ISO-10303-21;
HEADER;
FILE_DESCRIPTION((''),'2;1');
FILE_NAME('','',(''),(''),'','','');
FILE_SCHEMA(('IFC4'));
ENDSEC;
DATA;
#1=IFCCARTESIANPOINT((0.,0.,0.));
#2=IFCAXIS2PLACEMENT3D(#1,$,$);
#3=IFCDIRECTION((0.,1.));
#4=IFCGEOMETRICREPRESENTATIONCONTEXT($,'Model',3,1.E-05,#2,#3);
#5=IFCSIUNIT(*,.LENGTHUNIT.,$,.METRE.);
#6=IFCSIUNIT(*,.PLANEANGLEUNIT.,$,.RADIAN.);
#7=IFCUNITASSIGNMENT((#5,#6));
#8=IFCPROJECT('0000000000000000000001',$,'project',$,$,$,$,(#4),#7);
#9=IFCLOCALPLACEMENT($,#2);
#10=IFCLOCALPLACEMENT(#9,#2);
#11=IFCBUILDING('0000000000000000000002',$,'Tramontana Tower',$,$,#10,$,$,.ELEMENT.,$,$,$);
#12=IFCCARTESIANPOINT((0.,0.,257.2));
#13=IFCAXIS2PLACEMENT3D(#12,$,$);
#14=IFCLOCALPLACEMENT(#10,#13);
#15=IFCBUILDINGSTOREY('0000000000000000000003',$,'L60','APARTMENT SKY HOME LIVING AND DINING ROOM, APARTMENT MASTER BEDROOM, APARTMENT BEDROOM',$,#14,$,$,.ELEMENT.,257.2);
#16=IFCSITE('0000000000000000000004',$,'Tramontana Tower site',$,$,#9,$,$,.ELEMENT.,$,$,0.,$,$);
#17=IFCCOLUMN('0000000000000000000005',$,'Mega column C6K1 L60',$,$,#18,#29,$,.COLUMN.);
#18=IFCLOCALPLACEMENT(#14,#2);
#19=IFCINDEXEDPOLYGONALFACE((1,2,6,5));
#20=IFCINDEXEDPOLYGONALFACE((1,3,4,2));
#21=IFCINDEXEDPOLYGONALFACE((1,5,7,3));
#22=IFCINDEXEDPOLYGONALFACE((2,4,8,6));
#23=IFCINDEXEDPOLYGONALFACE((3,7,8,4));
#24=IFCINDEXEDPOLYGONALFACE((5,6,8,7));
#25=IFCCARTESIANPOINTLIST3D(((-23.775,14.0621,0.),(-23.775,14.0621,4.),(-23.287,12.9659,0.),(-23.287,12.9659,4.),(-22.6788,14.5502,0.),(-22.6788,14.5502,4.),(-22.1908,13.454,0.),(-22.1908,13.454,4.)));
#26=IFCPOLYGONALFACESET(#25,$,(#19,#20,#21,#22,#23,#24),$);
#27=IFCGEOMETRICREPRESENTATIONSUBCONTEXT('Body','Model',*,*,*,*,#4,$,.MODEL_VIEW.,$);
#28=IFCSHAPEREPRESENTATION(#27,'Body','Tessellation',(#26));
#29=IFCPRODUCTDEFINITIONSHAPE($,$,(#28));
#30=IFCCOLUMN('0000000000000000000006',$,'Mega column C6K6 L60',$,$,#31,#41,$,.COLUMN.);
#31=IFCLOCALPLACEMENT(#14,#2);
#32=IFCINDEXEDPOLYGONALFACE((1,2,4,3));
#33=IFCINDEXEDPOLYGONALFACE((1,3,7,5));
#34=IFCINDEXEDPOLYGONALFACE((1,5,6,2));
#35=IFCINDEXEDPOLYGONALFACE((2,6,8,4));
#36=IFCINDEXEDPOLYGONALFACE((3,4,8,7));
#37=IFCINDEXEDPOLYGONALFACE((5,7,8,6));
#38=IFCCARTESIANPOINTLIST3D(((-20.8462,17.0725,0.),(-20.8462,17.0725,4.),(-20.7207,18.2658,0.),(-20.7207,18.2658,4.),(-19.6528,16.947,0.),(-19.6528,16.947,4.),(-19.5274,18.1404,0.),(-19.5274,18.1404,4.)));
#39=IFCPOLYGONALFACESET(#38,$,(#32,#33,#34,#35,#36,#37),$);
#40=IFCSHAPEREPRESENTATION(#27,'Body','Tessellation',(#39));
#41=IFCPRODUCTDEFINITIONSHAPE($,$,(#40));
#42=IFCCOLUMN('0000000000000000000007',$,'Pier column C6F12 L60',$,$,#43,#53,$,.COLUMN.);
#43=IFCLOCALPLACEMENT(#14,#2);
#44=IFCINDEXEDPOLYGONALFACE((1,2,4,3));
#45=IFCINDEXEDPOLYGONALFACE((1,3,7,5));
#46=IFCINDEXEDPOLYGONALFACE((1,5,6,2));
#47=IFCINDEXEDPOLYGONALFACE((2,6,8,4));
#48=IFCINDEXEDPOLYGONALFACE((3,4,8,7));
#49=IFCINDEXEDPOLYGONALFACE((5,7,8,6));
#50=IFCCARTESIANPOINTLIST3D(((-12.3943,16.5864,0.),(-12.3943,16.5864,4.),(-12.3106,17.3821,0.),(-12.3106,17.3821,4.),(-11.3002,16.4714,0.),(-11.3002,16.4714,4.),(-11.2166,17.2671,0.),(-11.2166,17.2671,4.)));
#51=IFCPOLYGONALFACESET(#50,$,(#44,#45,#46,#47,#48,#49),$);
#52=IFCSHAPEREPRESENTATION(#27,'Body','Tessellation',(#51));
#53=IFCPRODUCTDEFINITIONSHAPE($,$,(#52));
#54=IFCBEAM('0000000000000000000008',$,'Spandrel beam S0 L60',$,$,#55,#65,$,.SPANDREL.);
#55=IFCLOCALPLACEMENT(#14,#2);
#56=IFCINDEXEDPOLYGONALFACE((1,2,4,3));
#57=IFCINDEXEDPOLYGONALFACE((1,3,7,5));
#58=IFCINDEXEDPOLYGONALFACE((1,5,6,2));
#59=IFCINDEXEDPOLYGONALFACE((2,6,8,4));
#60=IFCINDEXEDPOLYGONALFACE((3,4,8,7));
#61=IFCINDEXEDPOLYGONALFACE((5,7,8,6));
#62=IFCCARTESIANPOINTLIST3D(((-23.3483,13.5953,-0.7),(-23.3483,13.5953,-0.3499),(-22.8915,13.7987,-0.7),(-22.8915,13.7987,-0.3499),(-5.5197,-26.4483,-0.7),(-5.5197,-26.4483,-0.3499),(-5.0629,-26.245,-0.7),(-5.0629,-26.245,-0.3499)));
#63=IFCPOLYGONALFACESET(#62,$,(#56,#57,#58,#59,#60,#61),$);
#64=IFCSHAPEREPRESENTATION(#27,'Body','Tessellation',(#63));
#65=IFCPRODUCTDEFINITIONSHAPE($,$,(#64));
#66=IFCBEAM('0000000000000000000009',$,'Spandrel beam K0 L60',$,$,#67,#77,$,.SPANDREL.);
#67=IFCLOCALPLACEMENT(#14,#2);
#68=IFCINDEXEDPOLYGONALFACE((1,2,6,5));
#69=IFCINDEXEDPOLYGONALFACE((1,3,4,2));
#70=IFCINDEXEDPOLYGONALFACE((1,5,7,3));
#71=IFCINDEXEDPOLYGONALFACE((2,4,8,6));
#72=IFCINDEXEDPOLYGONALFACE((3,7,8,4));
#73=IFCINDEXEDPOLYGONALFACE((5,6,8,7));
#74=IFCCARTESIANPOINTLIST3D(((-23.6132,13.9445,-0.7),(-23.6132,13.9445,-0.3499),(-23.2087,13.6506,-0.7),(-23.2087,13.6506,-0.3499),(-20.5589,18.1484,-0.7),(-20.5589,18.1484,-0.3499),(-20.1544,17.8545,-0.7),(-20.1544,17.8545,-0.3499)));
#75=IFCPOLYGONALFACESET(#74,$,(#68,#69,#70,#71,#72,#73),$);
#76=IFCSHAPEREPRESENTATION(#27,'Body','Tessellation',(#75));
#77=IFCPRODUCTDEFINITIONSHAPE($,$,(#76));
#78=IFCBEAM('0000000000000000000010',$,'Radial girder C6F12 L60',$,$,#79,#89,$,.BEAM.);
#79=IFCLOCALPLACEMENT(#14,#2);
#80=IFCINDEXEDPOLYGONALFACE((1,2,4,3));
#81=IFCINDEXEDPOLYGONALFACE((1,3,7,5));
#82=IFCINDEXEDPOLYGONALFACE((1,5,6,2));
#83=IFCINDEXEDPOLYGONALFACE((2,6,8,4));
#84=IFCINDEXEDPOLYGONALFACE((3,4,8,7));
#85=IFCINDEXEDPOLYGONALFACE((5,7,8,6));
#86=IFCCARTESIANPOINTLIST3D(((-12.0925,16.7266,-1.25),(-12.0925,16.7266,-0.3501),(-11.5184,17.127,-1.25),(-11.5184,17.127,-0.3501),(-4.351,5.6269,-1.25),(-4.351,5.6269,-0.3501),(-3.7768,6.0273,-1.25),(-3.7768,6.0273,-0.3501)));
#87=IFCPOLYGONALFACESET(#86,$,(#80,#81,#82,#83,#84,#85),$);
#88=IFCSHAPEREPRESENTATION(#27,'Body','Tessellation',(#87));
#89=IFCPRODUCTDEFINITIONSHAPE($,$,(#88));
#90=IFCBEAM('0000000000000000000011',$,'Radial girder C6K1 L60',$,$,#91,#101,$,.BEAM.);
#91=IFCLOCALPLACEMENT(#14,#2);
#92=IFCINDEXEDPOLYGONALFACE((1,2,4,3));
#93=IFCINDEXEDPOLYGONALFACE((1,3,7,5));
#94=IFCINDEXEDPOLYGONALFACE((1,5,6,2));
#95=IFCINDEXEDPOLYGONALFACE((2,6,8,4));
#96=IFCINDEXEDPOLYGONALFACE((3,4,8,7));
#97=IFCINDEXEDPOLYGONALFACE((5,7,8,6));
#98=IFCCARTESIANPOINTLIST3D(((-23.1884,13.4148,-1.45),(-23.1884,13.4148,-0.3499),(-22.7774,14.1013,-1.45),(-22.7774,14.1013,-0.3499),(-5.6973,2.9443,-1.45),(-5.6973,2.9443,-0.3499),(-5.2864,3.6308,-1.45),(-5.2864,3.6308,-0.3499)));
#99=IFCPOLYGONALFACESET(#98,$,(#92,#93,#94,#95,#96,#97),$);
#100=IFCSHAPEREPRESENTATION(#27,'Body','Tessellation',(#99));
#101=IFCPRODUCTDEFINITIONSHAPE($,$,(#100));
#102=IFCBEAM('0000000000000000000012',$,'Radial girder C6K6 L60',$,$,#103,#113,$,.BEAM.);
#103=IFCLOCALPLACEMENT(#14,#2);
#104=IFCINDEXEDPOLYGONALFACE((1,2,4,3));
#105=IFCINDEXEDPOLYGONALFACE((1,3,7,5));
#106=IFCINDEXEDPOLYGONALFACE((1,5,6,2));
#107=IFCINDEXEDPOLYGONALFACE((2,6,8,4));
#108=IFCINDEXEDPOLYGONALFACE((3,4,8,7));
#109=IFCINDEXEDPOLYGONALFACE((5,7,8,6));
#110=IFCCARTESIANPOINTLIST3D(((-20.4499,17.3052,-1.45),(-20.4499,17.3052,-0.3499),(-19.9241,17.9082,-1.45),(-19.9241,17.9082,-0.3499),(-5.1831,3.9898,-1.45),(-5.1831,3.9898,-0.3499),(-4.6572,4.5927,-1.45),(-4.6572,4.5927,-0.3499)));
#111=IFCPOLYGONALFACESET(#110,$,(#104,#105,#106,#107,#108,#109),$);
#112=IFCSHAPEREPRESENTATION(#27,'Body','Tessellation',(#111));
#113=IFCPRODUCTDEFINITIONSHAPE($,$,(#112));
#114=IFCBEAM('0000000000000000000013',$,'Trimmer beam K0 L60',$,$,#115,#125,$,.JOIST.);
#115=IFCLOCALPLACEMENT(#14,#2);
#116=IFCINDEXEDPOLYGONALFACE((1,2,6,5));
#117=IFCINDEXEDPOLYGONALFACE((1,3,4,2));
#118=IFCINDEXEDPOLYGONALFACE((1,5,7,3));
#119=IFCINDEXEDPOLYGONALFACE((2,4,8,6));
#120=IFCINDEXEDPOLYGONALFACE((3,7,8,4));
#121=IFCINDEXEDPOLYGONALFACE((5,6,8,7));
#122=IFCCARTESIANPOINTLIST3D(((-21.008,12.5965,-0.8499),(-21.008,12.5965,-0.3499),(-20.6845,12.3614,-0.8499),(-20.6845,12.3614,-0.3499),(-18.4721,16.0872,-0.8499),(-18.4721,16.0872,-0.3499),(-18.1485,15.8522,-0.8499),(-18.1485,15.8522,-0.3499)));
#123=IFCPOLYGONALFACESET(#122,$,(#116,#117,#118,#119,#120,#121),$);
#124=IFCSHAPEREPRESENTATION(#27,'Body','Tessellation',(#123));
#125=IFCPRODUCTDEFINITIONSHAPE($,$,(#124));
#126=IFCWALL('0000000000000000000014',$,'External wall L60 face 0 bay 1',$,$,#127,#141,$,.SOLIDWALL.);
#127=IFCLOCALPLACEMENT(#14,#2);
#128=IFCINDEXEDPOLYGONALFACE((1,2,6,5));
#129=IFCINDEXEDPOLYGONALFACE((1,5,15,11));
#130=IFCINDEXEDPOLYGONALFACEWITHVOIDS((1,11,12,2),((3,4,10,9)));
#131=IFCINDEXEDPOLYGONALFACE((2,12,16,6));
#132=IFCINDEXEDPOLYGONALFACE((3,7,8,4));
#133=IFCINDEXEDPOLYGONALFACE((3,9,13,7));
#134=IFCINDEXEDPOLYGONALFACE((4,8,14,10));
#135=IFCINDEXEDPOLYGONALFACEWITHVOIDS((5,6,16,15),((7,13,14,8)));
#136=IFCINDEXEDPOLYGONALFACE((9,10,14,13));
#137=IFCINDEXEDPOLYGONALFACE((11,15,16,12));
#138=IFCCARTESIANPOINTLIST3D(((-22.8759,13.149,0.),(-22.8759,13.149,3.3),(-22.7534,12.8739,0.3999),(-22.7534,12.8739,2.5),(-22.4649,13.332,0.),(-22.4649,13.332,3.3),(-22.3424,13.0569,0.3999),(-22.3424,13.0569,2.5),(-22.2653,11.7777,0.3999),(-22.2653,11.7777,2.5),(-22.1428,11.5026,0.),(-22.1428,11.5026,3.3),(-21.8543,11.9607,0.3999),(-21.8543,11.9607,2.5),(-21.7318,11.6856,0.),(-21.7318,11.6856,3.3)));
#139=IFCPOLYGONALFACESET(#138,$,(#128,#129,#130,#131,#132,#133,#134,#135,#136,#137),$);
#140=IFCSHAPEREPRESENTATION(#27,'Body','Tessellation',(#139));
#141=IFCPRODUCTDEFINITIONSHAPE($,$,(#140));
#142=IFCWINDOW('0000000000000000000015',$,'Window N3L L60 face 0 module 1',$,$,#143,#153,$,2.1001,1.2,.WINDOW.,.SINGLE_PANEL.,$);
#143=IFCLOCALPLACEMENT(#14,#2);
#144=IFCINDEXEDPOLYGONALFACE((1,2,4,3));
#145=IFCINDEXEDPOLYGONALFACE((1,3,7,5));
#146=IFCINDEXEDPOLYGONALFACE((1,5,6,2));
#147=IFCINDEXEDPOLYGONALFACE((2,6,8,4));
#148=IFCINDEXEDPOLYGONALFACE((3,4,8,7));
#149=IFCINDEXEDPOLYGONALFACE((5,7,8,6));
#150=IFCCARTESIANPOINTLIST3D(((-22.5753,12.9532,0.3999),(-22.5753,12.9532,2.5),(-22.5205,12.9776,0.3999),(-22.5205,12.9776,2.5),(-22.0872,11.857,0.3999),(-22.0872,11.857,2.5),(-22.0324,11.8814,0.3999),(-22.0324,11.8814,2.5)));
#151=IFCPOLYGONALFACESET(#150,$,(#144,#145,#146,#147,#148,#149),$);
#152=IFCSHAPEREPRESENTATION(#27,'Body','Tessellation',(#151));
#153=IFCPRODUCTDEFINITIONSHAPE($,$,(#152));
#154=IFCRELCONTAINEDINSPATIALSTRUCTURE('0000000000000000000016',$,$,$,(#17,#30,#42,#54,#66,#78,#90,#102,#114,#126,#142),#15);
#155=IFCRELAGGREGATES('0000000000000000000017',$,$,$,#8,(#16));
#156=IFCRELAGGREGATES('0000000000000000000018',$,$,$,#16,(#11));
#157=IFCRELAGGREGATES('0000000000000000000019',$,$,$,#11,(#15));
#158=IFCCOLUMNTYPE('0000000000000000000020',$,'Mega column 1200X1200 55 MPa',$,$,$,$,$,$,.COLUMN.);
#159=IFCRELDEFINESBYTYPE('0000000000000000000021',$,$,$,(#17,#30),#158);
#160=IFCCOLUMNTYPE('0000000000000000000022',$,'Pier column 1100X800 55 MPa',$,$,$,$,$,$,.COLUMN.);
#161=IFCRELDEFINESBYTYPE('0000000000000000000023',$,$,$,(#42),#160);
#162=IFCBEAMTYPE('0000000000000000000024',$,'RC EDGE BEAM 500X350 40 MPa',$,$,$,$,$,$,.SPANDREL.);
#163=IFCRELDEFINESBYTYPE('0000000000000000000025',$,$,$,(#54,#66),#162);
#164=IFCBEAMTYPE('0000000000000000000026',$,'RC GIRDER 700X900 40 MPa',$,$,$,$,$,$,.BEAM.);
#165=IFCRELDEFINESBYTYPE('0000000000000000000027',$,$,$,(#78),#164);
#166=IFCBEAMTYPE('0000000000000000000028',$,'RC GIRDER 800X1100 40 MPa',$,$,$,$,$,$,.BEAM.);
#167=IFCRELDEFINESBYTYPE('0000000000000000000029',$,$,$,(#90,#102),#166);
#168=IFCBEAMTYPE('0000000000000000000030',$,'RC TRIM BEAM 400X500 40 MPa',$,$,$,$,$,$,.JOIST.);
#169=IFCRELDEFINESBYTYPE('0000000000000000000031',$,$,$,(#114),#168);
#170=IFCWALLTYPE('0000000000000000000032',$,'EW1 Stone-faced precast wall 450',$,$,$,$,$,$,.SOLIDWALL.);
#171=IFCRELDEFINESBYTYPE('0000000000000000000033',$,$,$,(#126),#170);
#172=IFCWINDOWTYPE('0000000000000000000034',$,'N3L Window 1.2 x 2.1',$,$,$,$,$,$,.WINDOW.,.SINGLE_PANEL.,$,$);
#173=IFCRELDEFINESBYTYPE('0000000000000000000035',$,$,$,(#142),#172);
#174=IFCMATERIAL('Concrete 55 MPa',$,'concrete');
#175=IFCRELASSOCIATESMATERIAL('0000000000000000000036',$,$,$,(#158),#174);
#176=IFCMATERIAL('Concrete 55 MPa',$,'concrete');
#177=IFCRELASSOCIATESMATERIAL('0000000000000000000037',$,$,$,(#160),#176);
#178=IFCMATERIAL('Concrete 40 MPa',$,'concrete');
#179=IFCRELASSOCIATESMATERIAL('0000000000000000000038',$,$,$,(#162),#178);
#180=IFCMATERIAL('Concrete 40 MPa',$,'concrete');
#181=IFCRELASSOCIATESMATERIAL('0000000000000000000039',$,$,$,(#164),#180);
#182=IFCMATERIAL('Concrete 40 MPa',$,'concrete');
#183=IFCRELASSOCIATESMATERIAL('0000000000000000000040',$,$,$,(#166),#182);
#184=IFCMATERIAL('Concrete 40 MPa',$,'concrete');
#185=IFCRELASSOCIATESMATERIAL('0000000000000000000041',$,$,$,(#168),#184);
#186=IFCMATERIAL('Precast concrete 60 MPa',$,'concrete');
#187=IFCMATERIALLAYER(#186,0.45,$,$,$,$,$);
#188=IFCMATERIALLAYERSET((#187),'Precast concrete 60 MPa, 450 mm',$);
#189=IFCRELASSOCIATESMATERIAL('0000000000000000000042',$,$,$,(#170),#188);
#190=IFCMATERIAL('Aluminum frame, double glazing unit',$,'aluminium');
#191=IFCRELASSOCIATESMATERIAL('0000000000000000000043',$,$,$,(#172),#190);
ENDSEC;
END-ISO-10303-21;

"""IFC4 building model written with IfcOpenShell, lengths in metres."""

from ifc_helpers import new_model, si_unit, direction, frame, frame_2d, origin, origin_2d, place, context, subcontext, project, spatial, rectangle, extrude, material, layer, layer_set, material_profile, profile_set, type_object, element, fill, save


model = new_model("IFC4")

# Units and contexts
model_context = context("Model", 3, precision=1e-05, world=origin(), true_north=direction((0.0, 1.0)))
body_context = subcontext(model_context, "Body", "Model", "MODEL_VIEW")
ifc_project = project(units=[si_unit("LENGTHUNIT", "METRE"), si_unit("PLANEANGLEUNIT", "RADIAN")], contexts=[model_context])

# Site, building, storey
site_placement = place(None, origin())
site = spatial("IfcSite", under=ifc_project, at=site_placement, Name="Tramontana Tower site", CompositionType="ELEMENT", RefElevation=0.0)
building_placement = place(site_placement, origin())
building = spatial("IfcBuilding", under=site, at=building_placement, Name="Tramontana Tower", CompositionType="ELEMENT")
storey_placement = place(building_placement, frame((0.0, 0.0, 257.2)))
storey = spatial("IfcBuildingStorey", under=building, at=storey_placement, Name="L60", Description="APARTMENT SKY HOME LIVING AND DINING ROOM, APARTMENT MASTER BEDROOM, APARTMENT BEDROOM", CompositionType="ELEMENT", Elevation=257.2)

# Columns
ifc_material_1 = material(Name="Concrete 55 MPa", Category="concrete")
ifc_material_profile_1 = material_profile(ifc_material_1, rectangle(XDim=1.2, YDim=1.2, at=origin_2d()), Name="Mega column 1200X1200 55 MPa")
ifc_profile_set_1 = profile_set([ifc_material_profile_1], Name="Concrete 55 MPa")
column_type_1 = type_object("IfcColumnType", Name="Mega column 1200X1200 55 MPa", PredefinedType="COLUMN", material=ifc_profile_set_1)
for number, where, z_axis, x_axis, name in (
    (1, (-22.9829, 13.7581, 0.0), (0.0, 0.0, 1.0), (0.406737, -0.913545, 0.0), "Mega column C6K1 L60"),
    (2, (-20.1868, 17.6064, 0.0), (0.0, 0.0, 1.0), (-0.994522, 0.104528, 0.0), "Mega column C6K6 L60"),
):
    element("IfcColumn", number, at=place(storey_placement, frame(where, z_axis=z_axis, x_axis=x_axis)), inside=storey, type_object=column_type_1, Name=name, PredefinedType="COLUMN", context=body_context, shape_type="SweptSolid", body=[
        extrude(rectangle(XDim=1.2, YDim=1.2, at=origin_2d()), origin(), (0.0, 0.0, 1.0), 4.0),
    ])
ifc_material_2 = material(Name="Concrete 55 MPa", Category="concrete")
ifc_material_profile_2 = material_profile(ifc_material_2, rectangle(XDim=1.1001, YDim=0.8, at=origin_2d()), Name="Pier column 1100X800 55 MPa")
ifc_profile_set_2 = profile_set([ifc_material_profile_2], Name="Concrete 55 MPa")
column_type_2 = type_object("IfcColumnType", Name="Pier column 1100X800 55 MPa", PredefinedType="COLUMN", material=ifc_profile_set_2)
column_placement = place(storey_placement, frame((-11.8054, 16.9268, 0.0), z_axis=(0.0, 0.0, 1.0), x_axis=(-0.994522, 0.104528, 0.0)))
element("IfcColumn", 3, at=column_placement, inside=storey, type_object=column_type_2, Name="Pier column C6F12 L60", PredefinedType="COLUMN", context=body_context, shape_type="SweptSolid", body=[
    extrude(rectangle(XDim=1.1001, YDim=0.8, at=origin_2d()), origin(), (0.0, 0.0, 1.0), 4.0),
])

# Beams
ifc_material_3 = material(Name="Concrete 40 MPa", Category="concrete")
ifc_material_profile_3 = material_profile(ifc_material_3, rectangle(XDim=0.5, YDim=0.3501, at=origin_2d()), Name="RC EDGE BEAM 500X350 40 MPa")
ifc_profile_set_3 = profile_set([ifc_material_profile_3], Name="Concrete 40 MPa")
beam_type_1 = type_object("IfcBeamType", Name="RC EDGE BEAM 500X350 40 MPa", PredefinedType="SPANDREL", material=ifc_profile_set_3)
beam_1_placement = place(storey_placement, frame((-23.1199, 13.697, -0.5249), z_axis=(0.406737, -0.913545, 0.0), x_axis=(0.913545, 0.406737, 0.0)))
element("IfcBeam", 4, at=beam_1_placement, inside=storey, type_object=beam_type_1, Name="Spandrel beam S0 L60", PredefinedType="SPANDREL", context=body_context, shape_type="SweptSolid", body=[
    extrude(rectangle(XDim=0.5, YDim=0.3501, at=origin_2d()), origin(), (0.0, 0.0, 1.0), 43.8333),
])
beam_2_placement = place(storey_placement, frame((-20.3567, 18.0015, -0.5249), z_axis=(-0.587775, -0.809024, 0.0), x_axis=(0.809024, -0.587775, 0.0)))
element("IfcBeam", 5, at=beam_2_placement, inside=storey, type_object=beam_type_1, Name="Spandrel beam K0 L60", PredefinedType="SPANDREL", context=body_context, shape_type="SweptSolid", body=[
    extrude(rectangle(XDim=0.5, YDim=0.3501, at=origin_2d()), origin(), (0.0, 0.0, 1.0), 5.1963),
])
ifc_material_4 = material(Name="Concrete 40 MPa", Category="concrete")
ifc_material_profile_4 = material_profile(ifc_material_4, rectangle(XDim=0.7, YDim=0.8999, at=origin_2d()), Name="RC GIRDER 700X900 40 MPa")
ifc_profile_set_4 = profile_set([ifc_material_profile_4], Name="Concrete 40 MPa")
beam_type_2 = type_object("IfcBeamType", Name="RC GIRDER 700X900 40 MPa", PredefinedType="BEAM", material=ifc_profile_set_4)
beam_3_placement = place(storey_placement, frame((-11.8054, 16.9268, -0.8), z_axis=(0.572059, -0.820212, 0.0), x_axis=(0.820212, 0.572059, 0.0)))
element("IfcBeam", 6, at=beam_3_placement, inside=storey, type_object=beam_type_2, Name="Radial girder C6F12 L60", PredefinedType="BEAM", context=body_context, shape_type="SweptSolid", body=[
    extrude(rectangle(XDim=0.7, YDim=0.8999, at=origin_2d()), origin(), (0.0, 0.0, 1.0), 13.5327),
])
ifc_material_5 = material(Name="Concrete 40 MPa", Category="concrete")
ifc_material_profile_5 = material_profile(ifc_material_5, rectangle(XDim=0.8, YDim=1.1001, at=origin_2d()), Name="RC GIRDER 800X1100 40 MPa")
ifc_profile_set_5 = profile_set([ifc_material_profile_5], Name="Concrete 40 MPa")
beam_type_3 = type_object("IfcBeamType", Name="RC GIRDER 800X1100 40 MPa", PredefinedType="BEAM", material=ifc_profile_set_5)
beam_4_placement = place(storey_placement, frame((-22.9829, 13.7581, -0.8999), z_axis=(0.858015, -0.513625, 0.0), x_axis=(0.513625, 0.858015, 0.0)))
element("IfcBeam", 7, at=beam_4_placement, inside=storey, type_object=beam_type_3, Name="Radial girder C6K1 L60", PredefinedType="BEAM", context=body_context, shape_type="SweptSolid", body=[
    extrude(rectangle(XDim=0.8, YDim=1.1001, at=origin_2d()), origin(), (0.0, 0.0, 1.0), 20.3855),
])
beam_5_placement = place(storey_placement, frame((-20.187, 17.6067, -0.8999), z_axis=(0.753629, -0.6573, 0.0), x_axis=(0.6573, 0.753629, 0.0)))
element("IfcBeam", 8, at=beam_5_placement, inside=storey, type_object=beam_type_3, Name="Radial girder C6K6 L60", PredefinedType="BEAM", context=body_context, shape_type="SweptSolid", body=[
    extrude(rectangle(XDim=0.8, YDim=1.1001, at=origin_2d()), origin(), (0.0, 0.0, 1.0), 20.2578),
])
ifc_material_6 = material(Name="Concrete 40 MPa", Category="concrete")
ifc_material_profile_6 = material_profile(ifc_material_6, rectangle(XDim=0.3999, YDim=0.5, at=origin_2d()), Name="RC TRIM BEAM 400X500 40 MPa")
ifc_profile_set_6 = profile_set([ifc_material_profile_6], Name="Concrete 40 MPa")
beam_type_4 = type_object("IfcBeamType", Name="RC TRIM BEAM 400X500 40 MPa", PredefinedType="JOIST", material=ifc_profile_set_6)
beam_6_placement = place(storey_placement, frame((-18.3103, 15.9697, -0.5999), z_axis=(-0.587744, -0.809047, 0.0), x_axis=(0.809047, -0.587744, 0.0)))
element("IfcBeam", 9, at=beam_6_placement, inside=storey, type_object=beam_type_4, Name="Trimmer beam K0 L60", PredefinedType="JOIST", context=body_context, shape_type="SweptSolid", body=[
    extrude(rectangle(XDim=0.3999, YDim=0.5, at=origin_2d()), origin(), (0.0, 0.0, 1.0), 4.3147),
])

# Wall, opening, window
ifc_material_7 = material(Name="Precast concrete 60 MPa", Category="concrete")
ifc_layer_1 = layer(ifc_material_7, 0.45)
ifc_layer_set_1 = layer_set([ifc_layer_1], Name="Precast concrete 60 MPa, 450 mm")
wall_type_1 = type_object("IfcWallType", Name="EW1 Stone-faced precast wall 450", PredefinedType="SOLIDWALL", material=ifc_layer_set_1)
wall_1_placement = place(storey_placement, frame((-22.6704, 13.2405, 0.0), z_axis=(0.0, 0.0, 1.0), x_axis=(0.406779, -0.913526, 0.0)))
wall_1 = element("IfcWall", 10, at=wall_1_placement, inside=storey, type_object=wall_type_1, Name="External wall L60 face 0 bay 1", PredefinedType="SOLIDWALL", context=body_context, shape_type="SweptSolid", body=[
    extrude(rectangle(XDim=1.8022, YDim=0.45, at=frame_2d((0.9011, 0.0))), origin(), (0.0, 0.0, 1.0), 3.3),
])
opening_1_placement = place(wall_1_placement, frame((0.301, 0.0, 0.3999)))
opening_1 = element("IfcOpeningElement", 11, at=opening_1_placement, cuts=wall_1, PredefinedType="OPENING", context=body_context, shape_type="SweptSolid", body=[
    extrude(rectangle(XDim=1.2, YDim=2.1001, at=frame_2d((0.6001, 1.05))), frame((0.0, 0.2349, 0.0), z_axis=(0.0, -1.0, 0.0), x_axis=(1.0, 0.0, 0.0)), (0.0, 0.0, 1.0), 0.47),
])
ifc_material_8 = material(Name="Aluminum frame, double glazing unit", Category="aluminium")
window_type_1 = type_object("IfcWindowType", Name="N3L Window 1.2 x 2.1", PartitioningType="SINGLE_PANEL", PredefinedType="WINDOW", material=ifc_material_8)
window_1_placement = place(opening_1_placement, origin())
window_1 = element("IfcWindow", 12, at=window_1_placement, inside=storey, type_object=window_type_1, Name="Window N3L L60 face 0 module 1", OverallHeight=2.1001, OverallWidth=1.2, PartitioningType="SINGLE_PANEL", PredefinedType="WINDOW", context=body_context, shape_type="SweptSolid", body=[
    extrude(rectangle(XDim=1.2, YDim=2.1001, at=frame_2d((0.6001, 1.05))), frame((0.0, 0.03, 0.0), z_axis=(0.0, -1.0, 0.0), x_axis=(1.0, 0.0, 0.0)), (0.0, 0.0, 1.0), 0.0601),
])
fill(opening_1, window_1)

save(model, "model.ifc")
